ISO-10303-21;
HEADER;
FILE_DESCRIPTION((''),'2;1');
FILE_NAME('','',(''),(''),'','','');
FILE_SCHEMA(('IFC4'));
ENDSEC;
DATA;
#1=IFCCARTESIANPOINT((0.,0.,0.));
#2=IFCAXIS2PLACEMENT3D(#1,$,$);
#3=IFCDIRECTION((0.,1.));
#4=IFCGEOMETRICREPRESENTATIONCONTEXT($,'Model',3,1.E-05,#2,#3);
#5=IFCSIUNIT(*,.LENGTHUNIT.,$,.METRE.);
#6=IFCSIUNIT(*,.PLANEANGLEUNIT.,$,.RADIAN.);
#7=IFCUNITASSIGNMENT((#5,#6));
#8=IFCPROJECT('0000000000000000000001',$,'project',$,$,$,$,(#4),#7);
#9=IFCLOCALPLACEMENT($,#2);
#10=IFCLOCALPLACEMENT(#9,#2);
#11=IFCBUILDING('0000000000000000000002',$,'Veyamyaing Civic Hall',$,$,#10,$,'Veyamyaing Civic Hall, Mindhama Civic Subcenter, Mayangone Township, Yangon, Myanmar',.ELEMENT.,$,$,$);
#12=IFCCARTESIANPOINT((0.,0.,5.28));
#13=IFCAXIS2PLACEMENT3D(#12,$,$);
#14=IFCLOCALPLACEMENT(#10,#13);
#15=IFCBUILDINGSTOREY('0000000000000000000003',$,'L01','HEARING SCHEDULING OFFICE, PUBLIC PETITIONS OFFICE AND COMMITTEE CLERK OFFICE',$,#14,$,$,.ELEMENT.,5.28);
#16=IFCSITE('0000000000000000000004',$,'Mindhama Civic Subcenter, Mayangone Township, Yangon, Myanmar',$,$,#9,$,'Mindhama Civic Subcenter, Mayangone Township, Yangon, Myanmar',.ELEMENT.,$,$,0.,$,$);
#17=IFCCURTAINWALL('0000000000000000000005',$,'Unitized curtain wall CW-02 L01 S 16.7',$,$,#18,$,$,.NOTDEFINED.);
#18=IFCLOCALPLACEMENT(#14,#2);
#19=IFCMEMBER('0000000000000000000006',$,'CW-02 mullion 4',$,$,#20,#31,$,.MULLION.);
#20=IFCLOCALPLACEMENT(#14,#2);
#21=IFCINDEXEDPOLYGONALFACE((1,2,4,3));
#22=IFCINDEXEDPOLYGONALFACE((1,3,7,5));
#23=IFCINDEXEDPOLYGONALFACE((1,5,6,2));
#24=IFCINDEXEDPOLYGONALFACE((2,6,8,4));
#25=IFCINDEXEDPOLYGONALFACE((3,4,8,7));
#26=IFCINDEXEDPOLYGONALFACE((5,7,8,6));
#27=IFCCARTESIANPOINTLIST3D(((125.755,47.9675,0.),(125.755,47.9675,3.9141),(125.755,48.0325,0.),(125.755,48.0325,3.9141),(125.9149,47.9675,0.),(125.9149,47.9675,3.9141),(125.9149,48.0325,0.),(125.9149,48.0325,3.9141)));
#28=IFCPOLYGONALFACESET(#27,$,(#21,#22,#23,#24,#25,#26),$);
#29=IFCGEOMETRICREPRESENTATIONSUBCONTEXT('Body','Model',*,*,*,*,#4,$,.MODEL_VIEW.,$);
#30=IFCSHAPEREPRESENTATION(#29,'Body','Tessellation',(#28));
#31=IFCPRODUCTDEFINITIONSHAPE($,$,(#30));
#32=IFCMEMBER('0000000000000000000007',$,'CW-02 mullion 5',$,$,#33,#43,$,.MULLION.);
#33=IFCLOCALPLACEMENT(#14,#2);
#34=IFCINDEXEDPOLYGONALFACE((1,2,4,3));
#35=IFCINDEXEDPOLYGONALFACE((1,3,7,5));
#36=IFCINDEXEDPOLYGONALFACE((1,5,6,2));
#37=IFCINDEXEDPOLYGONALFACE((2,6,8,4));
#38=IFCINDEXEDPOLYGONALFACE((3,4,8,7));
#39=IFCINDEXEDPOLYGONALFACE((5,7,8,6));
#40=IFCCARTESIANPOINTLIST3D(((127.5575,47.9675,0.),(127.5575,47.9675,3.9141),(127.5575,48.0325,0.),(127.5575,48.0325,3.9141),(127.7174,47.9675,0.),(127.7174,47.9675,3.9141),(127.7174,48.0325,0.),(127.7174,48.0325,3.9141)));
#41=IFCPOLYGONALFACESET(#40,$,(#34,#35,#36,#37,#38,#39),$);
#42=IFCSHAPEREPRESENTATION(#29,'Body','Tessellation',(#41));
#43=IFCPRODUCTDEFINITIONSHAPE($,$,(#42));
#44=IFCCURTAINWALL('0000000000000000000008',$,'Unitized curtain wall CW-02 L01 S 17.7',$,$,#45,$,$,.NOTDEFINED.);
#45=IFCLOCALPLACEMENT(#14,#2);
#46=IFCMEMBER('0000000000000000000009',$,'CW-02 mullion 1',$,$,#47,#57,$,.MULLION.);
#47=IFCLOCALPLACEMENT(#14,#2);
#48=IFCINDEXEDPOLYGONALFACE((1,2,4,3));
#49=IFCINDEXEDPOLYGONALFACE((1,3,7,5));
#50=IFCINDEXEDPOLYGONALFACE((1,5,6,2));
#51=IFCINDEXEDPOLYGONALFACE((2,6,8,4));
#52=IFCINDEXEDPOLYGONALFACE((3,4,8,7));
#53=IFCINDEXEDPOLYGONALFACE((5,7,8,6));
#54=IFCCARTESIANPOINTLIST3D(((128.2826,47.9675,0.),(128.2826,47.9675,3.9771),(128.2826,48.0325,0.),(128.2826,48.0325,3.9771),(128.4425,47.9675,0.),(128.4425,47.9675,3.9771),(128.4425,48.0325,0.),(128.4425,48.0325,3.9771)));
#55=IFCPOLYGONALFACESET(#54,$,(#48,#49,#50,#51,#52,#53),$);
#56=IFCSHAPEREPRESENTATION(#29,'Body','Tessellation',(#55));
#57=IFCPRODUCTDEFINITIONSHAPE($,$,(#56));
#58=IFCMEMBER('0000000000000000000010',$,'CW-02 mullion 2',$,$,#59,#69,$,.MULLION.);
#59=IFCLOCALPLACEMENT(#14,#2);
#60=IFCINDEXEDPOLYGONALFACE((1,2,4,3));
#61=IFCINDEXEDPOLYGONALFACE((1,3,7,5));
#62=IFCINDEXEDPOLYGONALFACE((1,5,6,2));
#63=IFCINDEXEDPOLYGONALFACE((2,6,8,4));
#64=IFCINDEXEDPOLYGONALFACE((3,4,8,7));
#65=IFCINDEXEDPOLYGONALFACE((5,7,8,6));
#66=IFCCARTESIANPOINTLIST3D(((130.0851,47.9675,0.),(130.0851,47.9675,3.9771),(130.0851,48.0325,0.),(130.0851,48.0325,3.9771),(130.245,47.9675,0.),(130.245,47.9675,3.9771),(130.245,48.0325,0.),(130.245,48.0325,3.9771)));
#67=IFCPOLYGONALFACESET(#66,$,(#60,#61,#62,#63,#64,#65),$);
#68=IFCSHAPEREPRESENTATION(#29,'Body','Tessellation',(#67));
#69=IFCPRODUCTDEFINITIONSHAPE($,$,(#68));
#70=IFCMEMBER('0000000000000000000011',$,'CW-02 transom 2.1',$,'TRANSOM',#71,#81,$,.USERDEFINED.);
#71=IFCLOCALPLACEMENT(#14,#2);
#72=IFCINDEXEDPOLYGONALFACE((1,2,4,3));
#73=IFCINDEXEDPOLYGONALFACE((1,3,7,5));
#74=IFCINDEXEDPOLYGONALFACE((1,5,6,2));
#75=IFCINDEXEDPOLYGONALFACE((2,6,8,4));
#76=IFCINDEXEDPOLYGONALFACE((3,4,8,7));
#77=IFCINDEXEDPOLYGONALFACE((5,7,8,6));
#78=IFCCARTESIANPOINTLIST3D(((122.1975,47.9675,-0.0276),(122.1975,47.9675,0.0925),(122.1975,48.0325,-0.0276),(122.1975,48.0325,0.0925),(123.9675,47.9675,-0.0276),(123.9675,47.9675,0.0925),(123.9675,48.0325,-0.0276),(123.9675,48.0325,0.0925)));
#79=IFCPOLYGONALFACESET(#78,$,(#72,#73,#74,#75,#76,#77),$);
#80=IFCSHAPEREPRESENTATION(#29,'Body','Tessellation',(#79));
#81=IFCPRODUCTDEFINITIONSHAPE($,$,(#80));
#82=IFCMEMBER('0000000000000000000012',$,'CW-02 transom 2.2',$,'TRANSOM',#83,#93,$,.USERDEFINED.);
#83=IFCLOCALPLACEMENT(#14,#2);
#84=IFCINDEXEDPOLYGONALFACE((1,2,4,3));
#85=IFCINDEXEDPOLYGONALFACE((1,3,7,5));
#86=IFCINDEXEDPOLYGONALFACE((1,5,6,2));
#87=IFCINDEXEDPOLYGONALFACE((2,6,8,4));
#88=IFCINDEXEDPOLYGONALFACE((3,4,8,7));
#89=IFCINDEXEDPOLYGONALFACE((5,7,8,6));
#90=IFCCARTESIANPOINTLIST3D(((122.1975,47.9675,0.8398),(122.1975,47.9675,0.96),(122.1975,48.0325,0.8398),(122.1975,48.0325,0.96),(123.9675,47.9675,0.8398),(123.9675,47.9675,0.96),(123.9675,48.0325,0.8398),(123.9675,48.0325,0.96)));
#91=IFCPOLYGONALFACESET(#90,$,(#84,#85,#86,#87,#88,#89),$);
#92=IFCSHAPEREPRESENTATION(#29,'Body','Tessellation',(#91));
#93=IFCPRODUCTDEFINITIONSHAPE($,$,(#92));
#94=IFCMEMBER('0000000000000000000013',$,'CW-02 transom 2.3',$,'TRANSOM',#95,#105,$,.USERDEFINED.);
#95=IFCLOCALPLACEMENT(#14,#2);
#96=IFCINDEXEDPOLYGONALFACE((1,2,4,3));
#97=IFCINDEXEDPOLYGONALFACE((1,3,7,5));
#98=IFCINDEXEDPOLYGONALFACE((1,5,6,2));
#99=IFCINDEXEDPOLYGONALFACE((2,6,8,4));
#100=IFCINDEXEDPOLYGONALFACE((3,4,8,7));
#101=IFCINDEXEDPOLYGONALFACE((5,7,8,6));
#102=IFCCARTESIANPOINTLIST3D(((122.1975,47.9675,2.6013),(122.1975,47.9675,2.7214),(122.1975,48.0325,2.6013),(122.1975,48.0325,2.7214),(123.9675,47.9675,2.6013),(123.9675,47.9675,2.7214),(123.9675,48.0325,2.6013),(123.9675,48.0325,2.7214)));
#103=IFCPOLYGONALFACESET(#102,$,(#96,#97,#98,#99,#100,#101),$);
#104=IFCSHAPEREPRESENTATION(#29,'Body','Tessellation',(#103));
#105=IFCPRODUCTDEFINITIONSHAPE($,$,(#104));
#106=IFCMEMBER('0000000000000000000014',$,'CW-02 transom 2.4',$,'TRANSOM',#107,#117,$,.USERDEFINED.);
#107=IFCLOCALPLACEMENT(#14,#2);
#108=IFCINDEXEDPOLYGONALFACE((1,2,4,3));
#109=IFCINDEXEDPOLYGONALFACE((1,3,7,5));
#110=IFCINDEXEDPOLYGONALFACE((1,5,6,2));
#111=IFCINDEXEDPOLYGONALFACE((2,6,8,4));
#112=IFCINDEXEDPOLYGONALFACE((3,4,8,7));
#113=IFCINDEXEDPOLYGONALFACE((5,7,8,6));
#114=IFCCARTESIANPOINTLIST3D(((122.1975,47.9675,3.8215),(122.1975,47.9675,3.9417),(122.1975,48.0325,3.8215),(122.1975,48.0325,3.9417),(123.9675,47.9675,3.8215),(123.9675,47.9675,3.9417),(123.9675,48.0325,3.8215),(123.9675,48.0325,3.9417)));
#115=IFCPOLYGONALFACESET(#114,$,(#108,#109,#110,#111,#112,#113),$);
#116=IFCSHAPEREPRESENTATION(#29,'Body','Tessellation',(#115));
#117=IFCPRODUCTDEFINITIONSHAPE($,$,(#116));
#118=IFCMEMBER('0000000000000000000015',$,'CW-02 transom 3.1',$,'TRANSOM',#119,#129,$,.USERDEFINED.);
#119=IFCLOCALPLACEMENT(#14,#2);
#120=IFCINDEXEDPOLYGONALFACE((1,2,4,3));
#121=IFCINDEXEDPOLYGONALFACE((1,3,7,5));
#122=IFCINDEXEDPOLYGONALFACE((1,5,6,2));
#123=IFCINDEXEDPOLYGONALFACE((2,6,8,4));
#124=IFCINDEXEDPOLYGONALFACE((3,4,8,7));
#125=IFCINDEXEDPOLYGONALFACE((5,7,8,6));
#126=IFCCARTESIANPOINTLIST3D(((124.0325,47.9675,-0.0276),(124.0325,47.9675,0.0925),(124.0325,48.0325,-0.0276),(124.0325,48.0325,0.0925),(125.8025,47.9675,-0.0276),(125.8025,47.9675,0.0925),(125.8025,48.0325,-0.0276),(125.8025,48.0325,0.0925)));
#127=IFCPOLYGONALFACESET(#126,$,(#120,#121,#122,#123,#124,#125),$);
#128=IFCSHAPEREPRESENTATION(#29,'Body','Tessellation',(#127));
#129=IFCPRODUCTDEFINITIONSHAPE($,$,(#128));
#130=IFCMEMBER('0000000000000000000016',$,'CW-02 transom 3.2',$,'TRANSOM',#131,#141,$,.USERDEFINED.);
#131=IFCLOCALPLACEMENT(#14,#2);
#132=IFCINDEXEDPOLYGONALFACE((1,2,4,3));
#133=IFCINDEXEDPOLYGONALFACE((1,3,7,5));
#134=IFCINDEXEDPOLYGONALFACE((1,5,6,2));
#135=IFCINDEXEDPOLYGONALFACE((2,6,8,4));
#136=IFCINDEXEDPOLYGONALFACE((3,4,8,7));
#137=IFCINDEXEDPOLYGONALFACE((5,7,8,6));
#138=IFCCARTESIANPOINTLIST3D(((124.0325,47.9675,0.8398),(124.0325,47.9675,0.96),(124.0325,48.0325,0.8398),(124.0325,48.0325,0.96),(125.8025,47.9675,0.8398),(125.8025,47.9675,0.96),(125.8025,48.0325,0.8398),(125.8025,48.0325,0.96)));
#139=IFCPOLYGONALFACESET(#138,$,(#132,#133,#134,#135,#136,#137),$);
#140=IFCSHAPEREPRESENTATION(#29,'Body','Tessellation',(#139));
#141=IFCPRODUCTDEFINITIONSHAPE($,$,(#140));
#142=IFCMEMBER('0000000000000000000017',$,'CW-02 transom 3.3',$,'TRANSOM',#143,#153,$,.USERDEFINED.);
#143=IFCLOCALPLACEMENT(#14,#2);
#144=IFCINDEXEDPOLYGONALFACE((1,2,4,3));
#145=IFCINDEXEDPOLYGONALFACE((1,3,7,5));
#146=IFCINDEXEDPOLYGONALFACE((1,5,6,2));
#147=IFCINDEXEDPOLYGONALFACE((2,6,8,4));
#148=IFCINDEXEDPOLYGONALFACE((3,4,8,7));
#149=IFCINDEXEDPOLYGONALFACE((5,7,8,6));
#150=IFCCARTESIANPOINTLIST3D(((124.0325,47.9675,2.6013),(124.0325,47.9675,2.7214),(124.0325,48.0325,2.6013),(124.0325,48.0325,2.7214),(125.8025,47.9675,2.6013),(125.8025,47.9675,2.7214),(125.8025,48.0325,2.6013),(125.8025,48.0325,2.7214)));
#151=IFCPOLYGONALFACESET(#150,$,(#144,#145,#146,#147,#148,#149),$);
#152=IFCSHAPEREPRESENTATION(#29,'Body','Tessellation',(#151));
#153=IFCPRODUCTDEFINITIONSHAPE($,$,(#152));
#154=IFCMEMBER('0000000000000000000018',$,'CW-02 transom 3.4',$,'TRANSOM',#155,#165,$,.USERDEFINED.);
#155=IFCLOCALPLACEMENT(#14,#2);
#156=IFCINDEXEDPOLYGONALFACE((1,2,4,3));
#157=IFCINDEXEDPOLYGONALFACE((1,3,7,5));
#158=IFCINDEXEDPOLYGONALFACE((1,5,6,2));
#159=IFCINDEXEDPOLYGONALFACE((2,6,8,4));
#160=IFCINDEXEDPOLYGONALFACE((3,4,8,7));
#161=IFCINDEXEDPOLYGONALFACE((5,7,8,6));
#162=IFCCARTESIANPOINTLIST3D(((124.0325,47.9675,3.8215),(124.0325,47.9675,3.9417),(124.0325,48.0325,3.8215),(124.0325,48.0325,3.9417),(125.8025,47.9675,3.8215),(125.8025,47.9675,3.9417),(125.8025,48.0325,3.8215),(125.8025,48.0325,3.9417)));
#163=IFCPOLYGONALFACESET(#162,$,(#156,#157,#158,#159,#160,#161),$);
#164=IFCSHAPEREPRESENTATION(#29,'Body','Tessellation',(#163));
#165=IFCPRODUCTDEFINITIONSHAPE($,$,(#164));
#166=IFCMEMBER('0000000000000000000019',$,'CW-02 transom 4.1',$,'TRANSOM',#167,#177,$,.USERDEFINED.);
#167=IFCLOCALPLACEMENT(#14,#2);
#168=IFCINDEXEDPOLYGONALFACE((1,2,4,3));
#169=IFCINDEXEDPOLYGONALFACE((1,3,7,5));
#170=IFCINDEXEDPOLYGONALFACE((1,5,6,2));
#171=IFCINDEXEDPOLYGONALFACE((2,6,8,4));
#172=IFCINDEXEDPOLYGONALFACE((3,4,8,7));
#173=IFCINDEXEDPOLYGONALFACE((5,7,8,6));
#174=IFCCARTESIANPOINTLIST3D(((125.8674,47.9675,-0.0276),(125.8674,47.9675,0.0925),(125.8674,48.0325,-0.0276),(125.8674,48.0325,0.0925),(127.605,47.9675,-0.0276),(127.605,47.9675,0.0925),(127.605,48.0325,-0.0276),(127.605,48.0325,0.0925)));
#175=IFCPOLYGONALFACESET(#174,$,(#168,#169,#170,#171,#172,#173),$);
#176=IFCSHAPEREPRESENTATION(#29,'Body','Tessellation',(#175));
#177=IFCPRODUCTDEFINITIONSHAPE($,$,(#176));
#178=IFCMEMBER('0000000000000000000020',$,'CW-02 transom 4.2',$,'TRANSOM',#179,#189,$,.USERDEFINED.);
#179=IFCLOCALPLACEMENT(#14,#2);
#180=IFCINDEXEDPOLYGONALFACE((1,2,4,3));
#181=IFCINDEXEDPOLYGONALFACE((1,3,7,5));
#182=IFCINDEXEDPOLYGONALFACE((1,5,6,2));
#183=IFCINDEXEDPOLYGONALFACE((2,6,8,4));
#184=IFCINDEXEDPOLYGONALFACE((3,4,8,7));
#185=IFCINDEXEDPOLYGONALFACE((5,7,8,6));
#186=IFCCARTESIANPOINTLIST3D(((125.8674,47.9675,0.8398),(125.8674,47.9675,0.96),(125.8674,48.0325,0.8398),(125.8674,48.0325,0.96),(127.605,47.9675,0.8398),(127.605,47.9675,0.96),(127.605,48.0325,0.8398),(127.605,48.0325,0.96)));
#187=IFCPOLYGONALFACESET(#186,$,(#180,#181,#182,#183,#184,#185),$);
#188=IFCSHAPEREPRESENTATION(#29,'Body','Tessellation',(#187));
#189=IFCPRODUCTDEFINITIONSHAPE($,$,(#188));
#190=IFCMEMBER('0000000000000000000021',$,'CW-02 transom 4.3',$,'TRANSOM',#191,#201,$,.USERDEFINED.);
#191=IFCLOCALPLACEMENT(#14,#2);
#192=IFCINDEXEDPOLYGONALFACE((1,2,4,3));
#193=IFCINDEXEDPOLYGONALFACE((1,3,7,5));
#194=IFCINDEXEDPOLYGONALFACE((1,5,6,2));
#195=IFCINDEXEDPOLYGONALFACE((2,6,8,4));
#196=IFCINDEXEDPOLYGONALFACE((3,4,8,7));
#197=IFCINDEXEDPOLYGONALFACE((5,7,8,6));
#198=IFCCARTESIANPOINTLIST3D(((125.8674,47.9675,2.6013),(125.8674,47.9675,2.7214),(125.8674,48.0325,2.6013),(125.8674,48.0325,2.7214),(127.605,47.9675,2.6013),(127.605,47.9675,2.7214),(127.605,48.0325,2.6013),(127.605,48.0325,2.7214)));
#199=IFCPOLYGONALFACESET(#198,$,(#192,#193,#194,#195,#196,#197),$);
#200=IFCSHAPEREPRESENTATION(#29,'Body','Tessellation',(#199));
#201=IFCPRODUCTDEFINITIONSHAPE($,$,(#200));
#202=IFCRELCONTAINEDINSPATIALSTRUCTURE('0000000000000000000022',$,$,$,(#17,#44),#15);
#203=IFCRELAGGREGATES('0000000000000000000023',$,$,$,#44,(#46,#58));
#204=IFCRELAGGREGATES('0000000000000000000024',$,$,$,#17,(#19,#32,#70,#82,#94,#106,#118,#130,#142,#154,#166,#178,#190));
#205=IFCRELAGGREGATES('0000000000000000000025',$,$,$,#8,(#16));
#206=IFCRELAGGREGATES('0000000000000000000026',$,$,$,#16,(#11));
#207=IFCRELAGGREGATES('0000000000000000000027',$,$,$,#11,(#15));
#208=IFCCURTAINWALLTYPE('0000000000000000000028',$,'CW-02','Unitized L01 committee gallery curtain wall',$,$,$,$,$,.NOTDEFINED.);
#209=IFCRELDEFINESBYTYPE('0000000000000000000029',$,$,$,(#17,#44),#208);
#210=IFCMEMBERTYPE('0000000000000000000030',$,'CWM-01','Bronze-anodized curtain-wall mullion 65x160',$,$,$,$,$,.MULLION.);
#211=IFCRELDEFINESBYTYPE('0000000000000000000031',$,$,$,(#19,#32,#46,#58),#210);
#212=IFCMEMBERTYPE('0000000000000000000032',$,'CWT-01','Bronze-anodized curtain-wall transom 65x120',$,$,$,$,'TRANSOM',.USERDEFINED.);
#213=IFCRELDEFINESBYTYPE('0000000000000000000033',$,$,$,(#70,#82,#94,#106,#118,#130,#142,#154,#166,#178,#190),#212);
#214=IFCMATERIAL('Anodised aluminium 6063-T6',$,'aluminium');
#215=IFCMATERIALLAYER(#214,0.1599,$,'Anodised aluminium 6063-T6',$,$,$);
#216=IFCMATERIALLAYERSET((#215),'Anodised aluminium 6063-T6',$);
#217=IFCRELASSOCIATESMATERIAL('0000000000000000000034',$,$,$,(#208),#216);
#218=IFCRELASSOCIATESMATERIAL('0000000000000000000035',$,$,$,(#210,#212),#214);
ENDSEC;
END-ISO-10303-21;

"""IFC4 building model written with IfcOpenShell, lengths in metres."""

from ifc_helpers import new_model, si_unit, direction, frame, origin, origin_2d, place, context, subcontext, project, spatial, rectangle, extrude, material, layer, layer_set, material_profile, profile_set, type_object, element, aggregate, save


model = new_model("IFC4")

# Units and contexts
model_context = context("Model", 3, precision=1e-05, world=origin(), true_north=direction((0.0, 1.0)))
body_context = subcontext(model_context, "Body", "Model", "MODEL_VIEW")
ifc_project = project(units=[si_unit("LENGTHUNIT", "METRE"), si_unit("PLANEANGLEUNIT", "RADIAN")], contexts=[model_context])

# Site, building, storey
site_placement = place(None, origin())
site = spatial("IfcSite", under=ifc_project, at=site_placement, Name="Mindhama Civic Subcenter, Mayangone Township, Yangon, Myanmar", LongName="Mindhama Civic Subcenter, Mayangone Township, Yangon, Myanmar", CompositionType="ELEMENT", RefElevation=0.0)
building_placement = place(site_placement, origin())
building = spatial("IfcBuilding", under=site, at=building_placement, Name="Veyamyaing Civic Hall", LongName="Veyamyaing Civic Hall, Mindhama Civic Subcenter, Mayangone Township, Yangon, Myanmar", CompositionType="ELEMENT")
storey_placement = place(building_placement, frame((0.0, 0.0, 5.28)))
storey = spatial("IfcBuildingStorey", under=building, at=storey_placement, Name="L01", Description="HEARING SCHEDULING OFFICE, PUBLIC PETITIONS OFFICE AND COMMITTEE CLERK OFFICE", CompositionType="ELEMENT", Elevation=5.28)

# Curtain walls, members
ifc_material_1 = material(Name="Anodised aluminium 6063-T6", Category="aluminium")
ifc_layer_1 = layer(ifc_material_1, 0.1599, Name="Anodised aluminium 6063-T6")
ifc_layer_set_1 = layer_set([ifc_layer_1], Name="Anodised aluminium 6063-T6")
curtain_wall_type = type_object("IfcCurtainWallType", Name="CW-02", Description="Unitized L01 committee gallery curtain wall", PredefinedType="NOTDEFINED", material=ifc_layer_set_1)
curtain_wall_1_placement = place(storey_placement, origin())
curtain_wall_1 = element("IfcCurtainWall", 1, at=curtain_wall_1_placement, inside=storey, type_object=curtain_wall_type, Name="Unitized curtain wall CW-02 L01 S 16.7", PredefinedType="NOTDEFINED")
ifc_material_profile_1 = material_profile(ifc_material_1, rectangle(XDim=0.0649, YDim=0.1599, at=origin_2d()), Name="ALU-MUL-65X160")
ifc_profile_set_1 = profile_set([ifc_material_profile_1], Name="Anodised aluminium 6063-T6")
member_type_1 = type_object("IfcMemberType", Name="CWM-01", Description="Bronze-anodized curtain-wall mullion 65x160", PredefinedType="MULLION", material=ifc_profile_set_1)
member_1_placement = place(storey_placement, frame((125.835, 48.0, 0.0), z_axis=(0.0, 0.0, 1.0), x_axis=(0.0, 1.0, 0.0)))
member_1 = element("IfcMember", 2, at=member_1_placement, type_object=member_type_1, Name="CW-02 mullion 4", PredefinedType="MULLION", context=body_context, shape_type="SweptSolid", body=[
    extrude(rectangle(XDim=0.0649, YDim=0.1599, at=origin_2d()), origin(), (0.0, 0.0, 1.0), 3.9141),
])
member_2_placement = place(storey_placement, frame((127.6375, 48.0, 0.0), z_axis=(0.0, 0.0, 1.0), x_axis=(0.0, 1.0, 0.0)))
member_2 = element("IfcMember", 3, at=member_2_placement, type_object=member_type_1, Name="CW-02 mullion 5", PredefinedType="MULLION", context=body_context, shape_type="SweptSolid", body=[
    extrude(rectangle(XDim=0.0649, YDim=0.1599, at=origin_2d()), origin(), (0.0, 0.0, 1.0), 3.9141),
])
curtain_wall_2_placement = place(storey_placement, origin())
curtain_wall_2 = element("IfcCurtainWall", 4, at=curtain_wall_2_placement, inside=storey, type_object=curtain_wall_type, Name="Unitized curtain wall CW-02 L01 S 17.7", PredefinedType="NOTDEFINED")
member_3_placement = place(storey_placement, frame((128.3625, 48.0, 0.0), z_axis=(0.0, 0.0, 1.0), x_axis=(0.0, 1.0, 0.0)))
member_3 = element("IfcMember", 5, at=member_3_placement, type_object=member_type_1, Name="CW-02 mullion 1", PredefinedType="MULLION", context=body_context, shape_type="SweptSolid", body=[
    extrude(rectangle(XDim=0.0649, YDim=0.1599, at=origin_2d()), origin(), (0.0, 0.0, 1.0), 3.9771),
])
member_4_placement = place(storey_placement, frame((130.165, 48.0, 0.0), z_axis=(0.0, 0.0, 1.0), x_axis=(0.0, 1.0, 0.0)))
member_4 = element("IfcMember", 6, at=member_4_placement, type_object=member_type_1, Name="CW-02 mullion 2", PredefinedType="MULLION", context=body_context, shape_type="SweptSolid", body=[
    extrude(rectangle(XDim=0.0649, YDim=0.1599, at=origin_2d()), origin(), (0.0, 0.0, 1.0), 3.9771),
])

# Members
ifc_material_profile_2 = material_profile(ifc_material_1, rectangle(XDim=0.0649, YDim=0.1201, at=origin_2d()), Name="ALU-TRN-65X120")
ifc_profile_set_2 = profile_set([ifc_material_profile_2], Name="Anodised aluminium 6063-T6")
member_type_2 = type_object("IfcMemberType", Name="CWT-01", Description="Bronze-anodized curtain-wall transom 65x120", ElementType="TRANSOM", PredefinedType="USERDEFINED", material=ifc_profile_set_2)
member_5_placement = place(storey_placement, frame((122.1975, 48.0, 0.0325), z_axis=(1.0, 0.0, 0.0), x_axis=(0.0, 1.0, 0.0)))
member_5 = element("IfcMember", 7, at=member_5_placement, type_object=member_type_2, Name="CW-02 transom 2.1", ObjectType="TRANSOM", PredefinedType="USERDEFINED", context=body_context, shape_type="SweptSolid", body=[
    extrude(rectangle(XDim=0.0649, YDim=0.1201, at=origin_2d()), origin(), (0.0, 0.0, 1.0), 1.77),
])
member_6_placement = place(storey_placement, frame((122.1975, 48.0, 0.8999), z_axis=(1.0, 0.0, 0.0), x_axis=(0.0, 1.0, 0.0)))
member_6 = element("IfcMember", 8, at=member_6_placement, type_object=member_type_2, Name="CW-02 transom 2.2", ObjectType="TRANSOM", PredefinedType="USERDEFINED", context=body_context, shape_type="SweptSolid", body=[
    extrude(rectangle(XDim=0.0649, YDim=0.1201, at=origin_2d()), origin(), (0.0, 0.0, 1.0), 1.77),
])
member_7_placement = place(storey_placement, frame((122.1975, 48.0, 2.6614), z_axis=(1.0, 0.0, 0.0), x_axis=(0.0, 1.0, 0.0)))
member_7 = element("IfcMember", 9, at=member_7_placement, type_object=member_type_2, Name="CW-02 transom 2.3", ObjectType="TRANSOM", PredefinedType="USERDEFINED", context=body_context, shape_type="SweptSolid", body=[
    extrude(rectangle(XDim=0.0649, YDim=0.1201, at=origin_2d()), origin(), (0.0, 0.0, 1.0), 1.77),
])
member_8_placement = place(storey_placement, frame((122.1975, 48.0, 3.8816), z_axis=(1.0, 0.0, 0.0), x_axis=(0.0, 1.0, 0.0)))
member_8 = element("IfcMember", 10, at=member_8_placement, type_object=member_type_2, Name="CW-02 transom 2.4", ObjectType="TRANSOM", PredefinedType="USERDEFINED", context=body_context, shape_type="SweptSolid", body=[
    extrude(rectangle(XDim=0.0649, YDim=0.1201, at=origin_2d()), origin(), (0.0, 0.0, 1.0), 1.77),
])
member_9_placement = place(storey_placement, frame((124.0325, 48.0, 0.0325), z_axis=(1.0, 0.0, 0.0), x_axis=(0.0, 1.0, 0.0)))
member_9 = element("IfcMember", 11, at=member_9_placement, type_object=member_type_2, Name="CW-02 transom 3.1", ObjectType="TRANSOM", PredefinedType="USERDEFINED", context=body_context, shape_type="SweptSolid", body=[
    extrude(rectangle(XDim=0.0649, YDim=0.1201, at=origin_2d()), origin(), (0.0, 0.0, 1.0), 1.77),
])
member_10_placement = place(storey_placement, frame((124.0325, 48.0, 0.8999), z_axis=(1.0, 0.0, 0.0), x_axis=(0.0, 1.0, 0.0)))
member_10 = element("IfcMember", 12, at=member_10_placement, type_object=member_type_2, Name="CW-02 transom 3.2", ObjectType="TRANSOM", PredefinedType="USERDEFINED", context=body_context, shape_type="SweptSolid", body=[
    extrude(rectangle(XDim=0.0649, YDim=0.1201, at=origin_2d()), origin(), (0.0, 0.0, 1.0), 1.77),
])
member_11_placement = place(storey_placement, frame((124.0325, 48.0, 2.6614), z_axis=(1.0, 0.0, 0.0), x_axis=(0.0, 1.0, 0.0)))
member_11 = element("IfcMember", 13, at=member_11_placement, type_object=member_type_2, Name="CW-02 transom 3.3", ObjectType="TRANSOM", PredefinedType="USERDEFINED", context=body_context, shape_type="SweptSolid", body=[
    extrude(rectangle(XDim=0.0649, YDim=0.1201, at=origin_2d()), origin(), (0.0, 0.0, 1.0), 1.77),
])
member_12_placement = place(storey_placement, frame((124.0325, 48.0, 3.8816), z_axis=(1.0, 0.0, 0.0), x_axis=(0.0, 1.0, 0.0)))
member_12 = element("IfcMember", 14, at=member_12_placement, type_object=member_type_2, Name="CW-02 transom 3.4", ObjectType="TRANSOM", PredefinedType="USERDEFINED", context=body_context, shape_type="SweptSolid", body=[
    extrude(rectangle(XDim=0.0649, YDim=0.1201, at=origin_2d()), origin(), (0.0, 0.0, 1.0), 1.77),
])
member_13_placement = place(storey_placement, frame((125.8674, 48.0, 0.0325), z_axis=(1.0, 0.0, 0.0), x_axis=(0.0, 1.0, 0.0)))
member_13 = element("IfcMember", 15, at=member_13_placement, type_object=member_type_2, Name="CW-02 transom 4.1", ObjectType="TRANSOM", PredefinedType="USERDEFINED", context=body_context, shape_type="SweptSolid", body=[
    extrude(rectangle(XDim=0.0649, YDim=0.1201, at=origin_2d()), origin(), (0.0, 0.0, 1.0), 1.7375),
])
member_14_placement = place(storey_placement, frame((125.8674, 48.0, 0.8999), z_axis=(1.0, 0.0, 0.0), x_axis=(0.0, 1.0, 0.0)))
member_14 = element("IfcMember", 16, at=member_14_placement, type_object=member_type_2, Name="CW-02 transom 4.2", ObjectType="TRANSOM", PredefinedType="USERDEFINED", context=body_context, shape_type="SweptSolid", body=[
    extrude(rectangle(XDim=0.0649, YDim=0.1201, at=origin_2d()), origin(), (0.0, 0.0, 1.0), 1.7375),
])
member_15_placement = place(storey_placement, frame((125.8674, 48.0, 2.6614), z_axis=(1.0, 0.0, 0.0), x_axis=(0.0, 1.0, 0.0)))
member_15 = element("IfcMember", 17, at=member_15_placement, type_object=member_type_2, Name="CW-02 transom 4.3", ObjectType="TRANSOM", PredefinedType="USERDEFINED", context=body_context, shape_type="SweptSolid", body=[
    extrude(rectangle(XDim=0.0649, YDim=0.1201, at=origin_2d()), origin(), (0.0, 0.0, 1.0), 1.7375),
])

aggregate(curtain_wall_2, [member_3, member_4])
aggregate(curtain_wall_1, [member_1, member_2, member_5, member_6, member_7, member_8, member_9, member_10, member_11, member_12, member_13, member_14, member_15])

save(model, "model.ifc")
